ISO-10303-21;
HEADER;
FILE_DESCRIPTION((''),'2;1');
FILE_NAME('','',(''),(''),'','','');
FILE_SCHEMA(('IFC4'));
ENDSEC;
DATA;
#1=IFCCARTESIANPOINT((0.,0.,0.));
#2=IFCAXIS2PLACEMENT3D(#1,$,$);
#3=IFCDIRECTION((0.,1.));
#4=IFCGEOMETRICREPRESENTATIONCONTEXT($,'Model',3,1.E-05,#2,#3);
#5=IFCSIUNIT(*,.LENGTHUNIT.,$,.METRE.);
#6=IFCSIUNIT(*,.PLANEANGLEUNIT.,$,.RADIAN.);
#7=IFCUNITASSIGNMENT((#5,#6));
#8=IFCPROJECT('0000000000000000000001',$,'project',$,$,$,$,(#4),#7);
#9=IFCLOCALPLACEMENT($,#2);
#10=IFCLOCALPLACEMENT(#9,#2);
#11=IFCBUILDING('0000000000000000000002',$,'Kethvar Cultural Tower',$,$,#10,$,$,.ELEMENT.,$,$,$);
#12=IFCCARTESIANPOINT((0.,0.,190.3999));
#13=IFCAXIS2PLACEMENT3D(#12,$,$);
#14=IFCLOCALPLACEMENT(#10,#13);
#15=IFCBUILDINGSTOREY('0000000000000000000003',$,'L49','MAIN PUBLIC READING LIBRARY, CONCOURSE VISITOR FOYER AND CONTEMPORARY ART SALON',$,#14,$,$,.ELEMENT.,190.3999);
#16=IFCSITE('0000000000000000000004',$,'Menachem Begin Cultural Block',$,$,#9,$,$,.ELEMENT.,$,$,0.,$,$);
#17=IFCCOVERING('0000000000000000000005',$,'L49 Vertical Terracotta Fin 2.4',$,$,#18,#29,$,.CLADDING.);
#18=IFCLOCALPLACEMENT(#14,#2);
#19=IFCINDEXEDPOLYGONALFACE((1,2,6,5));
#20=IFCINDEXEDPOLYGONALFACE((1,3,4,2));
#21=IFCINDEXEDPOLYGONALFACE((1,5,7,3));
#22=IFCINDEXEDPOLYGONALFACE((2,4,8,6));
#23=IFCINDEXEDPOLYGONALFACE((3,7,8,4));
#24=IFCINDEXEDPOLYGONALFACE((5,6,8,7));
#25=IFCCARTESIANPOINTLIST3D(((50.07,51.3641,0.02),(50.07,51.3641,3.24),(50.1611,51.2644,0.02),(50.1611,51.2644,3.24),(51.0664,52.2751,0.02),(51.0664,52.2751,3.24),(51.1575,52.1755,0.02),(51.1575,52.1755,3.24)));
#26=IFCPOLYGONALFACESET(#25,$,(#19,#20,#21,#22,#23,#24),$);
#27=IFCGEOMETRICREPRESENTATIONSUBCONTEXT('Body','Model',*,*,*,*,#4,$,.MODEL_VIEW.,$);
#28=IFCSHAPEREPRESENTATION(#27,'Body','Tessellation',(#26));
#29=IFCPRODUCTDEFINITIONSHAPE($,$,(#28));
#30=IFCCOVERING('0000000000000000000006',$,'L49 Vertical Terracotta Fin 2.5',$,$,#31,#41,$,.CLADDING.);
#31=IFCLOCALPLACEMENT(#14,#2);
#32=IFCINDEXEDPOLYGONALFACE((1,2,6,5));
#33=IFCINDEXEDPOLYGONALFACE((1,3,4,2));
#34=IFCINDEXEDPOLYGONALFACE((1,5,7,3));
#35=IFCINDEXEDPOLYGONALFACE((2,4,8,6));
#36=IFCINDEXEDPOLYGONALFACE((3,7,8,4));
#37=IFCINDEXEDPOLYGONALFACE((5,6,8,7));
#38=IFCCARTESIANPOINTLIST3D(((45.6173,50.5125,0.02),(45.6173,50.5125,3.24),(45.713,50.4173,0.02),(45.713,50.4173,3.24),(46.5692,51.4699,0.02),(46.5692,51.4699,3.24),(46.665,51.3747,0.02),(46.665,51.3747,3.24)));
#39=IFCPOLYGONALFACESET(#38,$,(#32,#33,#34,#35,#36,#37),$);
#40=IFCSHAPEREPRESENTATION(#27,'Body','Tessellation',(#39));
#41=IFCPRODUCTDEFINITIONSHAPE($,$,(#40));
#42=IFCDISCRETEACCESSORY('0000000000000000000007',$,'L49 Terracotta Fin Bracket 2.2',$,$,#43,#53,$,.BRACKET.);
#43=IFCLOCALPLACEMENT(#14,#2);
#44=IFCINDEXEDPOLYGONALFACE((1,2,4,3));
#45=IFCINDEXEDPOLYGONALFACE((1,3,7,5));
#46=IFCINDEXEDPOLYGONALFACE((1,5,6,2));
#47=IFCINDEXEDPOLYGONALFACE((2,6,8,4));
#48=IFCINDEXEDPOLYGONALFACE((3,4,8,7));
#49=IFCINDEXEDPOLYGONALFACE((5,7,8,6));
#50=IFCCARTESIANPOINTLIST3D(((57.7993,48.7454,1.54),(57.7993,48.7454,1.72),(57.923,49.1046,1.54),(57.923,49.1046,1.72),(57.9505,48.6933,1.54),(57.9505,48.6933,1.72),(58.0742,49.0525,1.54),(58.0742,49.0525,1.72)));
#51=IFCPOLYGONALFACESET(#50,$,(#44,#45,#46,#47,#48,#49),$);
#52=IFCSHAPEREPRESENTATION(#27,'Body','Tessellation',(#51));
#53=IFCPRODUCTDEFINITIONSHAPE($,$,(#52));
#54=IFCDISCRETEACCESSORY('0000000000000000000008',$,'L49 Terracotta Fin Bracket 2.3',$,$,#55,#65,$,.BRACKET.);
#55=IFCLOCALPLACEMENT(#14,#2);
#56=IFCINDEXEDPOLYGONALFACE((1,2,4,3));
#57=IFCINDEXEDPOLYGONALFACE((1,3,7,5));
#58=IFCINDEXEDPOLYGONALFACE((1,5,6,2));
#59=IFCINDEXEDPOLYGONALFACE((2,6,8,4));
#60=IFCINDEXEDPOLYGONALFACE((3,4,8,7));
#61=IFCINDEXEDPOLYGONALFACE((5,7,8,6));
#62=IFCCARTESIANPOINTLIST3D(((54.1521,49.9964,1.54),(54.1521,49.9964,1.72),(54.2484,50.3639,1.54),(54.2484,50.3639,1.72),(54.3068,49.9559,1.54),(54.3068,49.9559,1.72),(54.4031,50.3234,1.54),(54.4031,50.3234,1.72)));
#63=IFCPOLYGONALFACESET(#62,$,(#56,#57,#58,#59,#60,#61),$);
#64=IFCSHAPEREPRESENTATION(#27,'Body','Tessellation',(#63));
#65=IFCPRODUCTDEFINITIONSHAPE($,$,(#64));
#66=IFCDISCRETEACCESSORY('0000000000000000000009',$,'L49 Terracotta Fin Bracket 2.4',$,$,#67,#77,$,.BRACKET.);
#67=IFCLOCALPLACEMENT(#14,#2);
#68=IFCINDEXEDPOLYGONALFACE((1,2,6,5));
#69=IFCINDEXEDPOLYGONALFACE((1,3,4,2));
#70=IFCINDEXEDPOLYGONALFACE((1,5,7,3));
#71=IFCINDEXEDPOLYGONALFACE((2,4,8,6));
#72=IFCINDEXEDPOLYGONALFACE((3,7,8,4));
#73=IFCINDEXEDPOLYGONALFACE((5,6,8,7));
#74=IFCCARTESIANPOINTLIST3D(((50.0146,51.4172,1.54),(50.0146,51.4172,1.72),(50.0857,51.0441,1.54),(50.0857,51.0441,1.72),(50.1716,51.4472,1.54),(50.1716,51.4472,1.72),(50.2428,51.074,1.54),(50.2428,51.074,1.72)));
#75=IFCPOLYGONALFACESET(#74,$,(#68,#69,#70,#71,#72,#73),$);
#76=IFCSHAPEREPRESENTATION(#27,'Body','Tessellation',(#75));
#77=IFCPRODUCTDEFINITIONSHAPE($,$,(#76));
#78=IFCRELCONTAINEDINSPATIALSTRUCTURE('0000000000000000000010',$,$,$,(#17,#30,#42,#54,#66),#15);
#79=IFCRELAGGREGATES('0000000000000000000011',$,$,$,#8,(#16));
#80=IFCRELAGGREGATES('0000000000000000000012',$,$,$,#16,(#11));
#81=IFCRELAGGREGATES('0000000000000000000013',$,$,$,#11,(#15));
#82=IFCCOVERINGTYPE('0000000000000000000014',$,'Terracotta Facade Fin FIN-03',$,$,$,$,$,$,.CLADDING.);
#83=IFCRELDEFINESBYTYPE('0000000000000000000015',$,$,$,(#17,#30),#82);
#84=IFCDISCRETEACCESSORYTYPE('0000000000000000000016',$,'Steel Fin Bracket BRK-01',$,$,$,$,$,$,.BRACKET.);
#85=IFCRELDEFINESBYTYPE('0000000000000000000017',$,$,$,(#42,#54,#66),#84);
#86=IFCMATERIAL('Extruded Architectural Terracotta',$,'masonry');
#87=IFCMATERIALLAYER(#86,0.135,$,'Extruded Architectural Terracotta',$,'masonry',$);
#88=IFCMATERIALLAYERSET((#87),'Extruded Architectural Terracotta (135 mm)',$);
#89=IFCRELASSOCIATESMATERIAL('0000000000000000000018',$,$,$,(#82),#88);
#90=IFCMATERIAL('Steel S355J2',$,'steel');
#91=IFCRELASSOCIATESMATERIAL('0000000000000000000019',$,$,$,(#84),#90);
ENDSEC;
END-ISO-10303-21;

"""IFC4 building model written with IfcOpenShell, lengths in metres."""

from ifc_helpers import new_model, si_unit, direction, frame, origin, origin_2d, place, context, subcontext, project, spatial, rectangle, extrude, source, transform, mapped, material, layer, layer_set, type_object, element, save


model = new_model("IFC4")

# Units and contexts
model_context = context("Model", 3, precision=1e-05, world=origin(), true_north=direction((0.0, 1.0)))
body_context = subcontext(model_context, "Body", "Model", "MODEL_VIEW")
ifc_project = project(units=[si_unit("LENGTHUNIT", "METRE"), si_unit("PLANEANGLEUNIT", "RADIAN")], contexts=[model_context])

# Site, building, storey
site_placement = place(None, origin())
site = spatial("IfcSite", under=ifc_project, at=site_placement, Name="Menachem Begin Cultural Block", CompositionType="ELEMENT", RefElevation=0.0)
building_placement = place(site_placement, origin())
building = spatial("IfcBuilding", under=site, at=building_placement, Name="Kethvar Cultural Tower", CompositionType="ELEMENT")
storey_placement = place(building_placement, frame((0.0, 0.0, 190.3999)))
storey = spatial("IfcBuildingStorey", under=building, at=storey_placement, Name="L49", Description="MAIN PUBLIC READING LIBRARY, CONCOURSE VISITOR FOYER AND CONTEMPORARY ART SALON", CompositionType="ELEMENT", Elevation=190.3999)

# Shared definitions
ifc_material_1 = material(Name="Steel S355J2", Category="steel")

# Coverings
ifc_material_2 = material(Name="Extruded Architectural Terracotta", Category="masonry")
ifc_layer_1 = layer(ifc_material_2, 0.135, Name="Extruded Architectural Terracotta", Category="masonry")
ifc_layer_set_1 = layer_set([ifc_layer_1], Name="Extruded Architectural Terracotta (135 mm)")
covering_type_1 = type_object("IfcCoveringType", Name="Terracotta Facade Fin FIN-03", PredefinedType="CLADDING", material=ifc_layer_set_1)
shared_shape_1 = source(origin(), body_context, "Body", "SweptSolid", [
    extrude(rectangle(XDim=1.3501, YDim=0.135, at=origin_2d()), origin(), (0.0, 0.0, 1.0), 3.22),
])
for number, where, z_axis, x_axis, name in (
    (1, (50.6138, 51.7698, 0.02), (0.0, 0.0, 1.0), (0.737984, 0.674818, 0.0), "L49 Vertical Terracotta Fin 2.4"),
    (2, (46.1411, 50.9436, 0.02), (0.0, 0.0, 1.0), (0.705129, 0.709079, 0.0), "L49 Vertical Terracotta Fin 2.5"),
):
    element("IfcCovering", number, at=place(storey_placement, frame(where, z_axis=z_axis, x_axis=x_axis)), inside=storey, type_object=covering_type_1, Name=name, PredefinedType="CLADDING", context=body_context, shape_type="MappedRepresentation", body=[
        mapped(shared_shape_1, transform((0.0, 0.0, 0.0), scale=1.0)),
    ])

# Discrete accessories
discrete_accessory_type = type_object("IfcDiscreteAccessoryType", Name="Steel Fin Bracket BRK-01", PredefinedType="BRACKET", material=ifc_material_1)
shared_shape_2 = source(origin(), body_context, "Body", "SweptSolid", [
    extrude(rectangle(XDim=0.3799, YDim=0.1599, at=origin_2d()), origin(), (0.0, 0.0, 1.0), 0.1799),
])
for number, where, z_axis, x_axis, name in (
    (3, (57.9368, 48.8989, 1.54), (0.0, 0.0, 1.0), (0.325733, 0.945462, 0.0), "L49 Terracotta Fin Bracket 2.2"),
    (4, (54.2776, 50.1599, 1.54), (0.0, 0.0, 1.0), (0.25342, 0.967356, 0.0), "L49 Terracotta Fin Bracket 2.3"),
    (5, (50.1287, 51.2456, 1.54), (0.0, 0.0, 1.0), (-0.18721, 0.98232, 0.0), "L49 Terracotta Fin Bracket 2.4"),
):
    element("IfcDiscreteAccessory", number, at=place(storey_placement, frame(where, z_axis=z_axis, x_axis=x_axis)), inside=storey, type_object=discrete_accessory_type, Name=name, PredefinedType="BRACKET", context=body_context, shape_type="MappedRepresentation", body=[
        mapped(shared_shape_2, transform((0.0, 0.0, 0.0), scale=1.0)),
    ])

save(model, "model.ifc")
